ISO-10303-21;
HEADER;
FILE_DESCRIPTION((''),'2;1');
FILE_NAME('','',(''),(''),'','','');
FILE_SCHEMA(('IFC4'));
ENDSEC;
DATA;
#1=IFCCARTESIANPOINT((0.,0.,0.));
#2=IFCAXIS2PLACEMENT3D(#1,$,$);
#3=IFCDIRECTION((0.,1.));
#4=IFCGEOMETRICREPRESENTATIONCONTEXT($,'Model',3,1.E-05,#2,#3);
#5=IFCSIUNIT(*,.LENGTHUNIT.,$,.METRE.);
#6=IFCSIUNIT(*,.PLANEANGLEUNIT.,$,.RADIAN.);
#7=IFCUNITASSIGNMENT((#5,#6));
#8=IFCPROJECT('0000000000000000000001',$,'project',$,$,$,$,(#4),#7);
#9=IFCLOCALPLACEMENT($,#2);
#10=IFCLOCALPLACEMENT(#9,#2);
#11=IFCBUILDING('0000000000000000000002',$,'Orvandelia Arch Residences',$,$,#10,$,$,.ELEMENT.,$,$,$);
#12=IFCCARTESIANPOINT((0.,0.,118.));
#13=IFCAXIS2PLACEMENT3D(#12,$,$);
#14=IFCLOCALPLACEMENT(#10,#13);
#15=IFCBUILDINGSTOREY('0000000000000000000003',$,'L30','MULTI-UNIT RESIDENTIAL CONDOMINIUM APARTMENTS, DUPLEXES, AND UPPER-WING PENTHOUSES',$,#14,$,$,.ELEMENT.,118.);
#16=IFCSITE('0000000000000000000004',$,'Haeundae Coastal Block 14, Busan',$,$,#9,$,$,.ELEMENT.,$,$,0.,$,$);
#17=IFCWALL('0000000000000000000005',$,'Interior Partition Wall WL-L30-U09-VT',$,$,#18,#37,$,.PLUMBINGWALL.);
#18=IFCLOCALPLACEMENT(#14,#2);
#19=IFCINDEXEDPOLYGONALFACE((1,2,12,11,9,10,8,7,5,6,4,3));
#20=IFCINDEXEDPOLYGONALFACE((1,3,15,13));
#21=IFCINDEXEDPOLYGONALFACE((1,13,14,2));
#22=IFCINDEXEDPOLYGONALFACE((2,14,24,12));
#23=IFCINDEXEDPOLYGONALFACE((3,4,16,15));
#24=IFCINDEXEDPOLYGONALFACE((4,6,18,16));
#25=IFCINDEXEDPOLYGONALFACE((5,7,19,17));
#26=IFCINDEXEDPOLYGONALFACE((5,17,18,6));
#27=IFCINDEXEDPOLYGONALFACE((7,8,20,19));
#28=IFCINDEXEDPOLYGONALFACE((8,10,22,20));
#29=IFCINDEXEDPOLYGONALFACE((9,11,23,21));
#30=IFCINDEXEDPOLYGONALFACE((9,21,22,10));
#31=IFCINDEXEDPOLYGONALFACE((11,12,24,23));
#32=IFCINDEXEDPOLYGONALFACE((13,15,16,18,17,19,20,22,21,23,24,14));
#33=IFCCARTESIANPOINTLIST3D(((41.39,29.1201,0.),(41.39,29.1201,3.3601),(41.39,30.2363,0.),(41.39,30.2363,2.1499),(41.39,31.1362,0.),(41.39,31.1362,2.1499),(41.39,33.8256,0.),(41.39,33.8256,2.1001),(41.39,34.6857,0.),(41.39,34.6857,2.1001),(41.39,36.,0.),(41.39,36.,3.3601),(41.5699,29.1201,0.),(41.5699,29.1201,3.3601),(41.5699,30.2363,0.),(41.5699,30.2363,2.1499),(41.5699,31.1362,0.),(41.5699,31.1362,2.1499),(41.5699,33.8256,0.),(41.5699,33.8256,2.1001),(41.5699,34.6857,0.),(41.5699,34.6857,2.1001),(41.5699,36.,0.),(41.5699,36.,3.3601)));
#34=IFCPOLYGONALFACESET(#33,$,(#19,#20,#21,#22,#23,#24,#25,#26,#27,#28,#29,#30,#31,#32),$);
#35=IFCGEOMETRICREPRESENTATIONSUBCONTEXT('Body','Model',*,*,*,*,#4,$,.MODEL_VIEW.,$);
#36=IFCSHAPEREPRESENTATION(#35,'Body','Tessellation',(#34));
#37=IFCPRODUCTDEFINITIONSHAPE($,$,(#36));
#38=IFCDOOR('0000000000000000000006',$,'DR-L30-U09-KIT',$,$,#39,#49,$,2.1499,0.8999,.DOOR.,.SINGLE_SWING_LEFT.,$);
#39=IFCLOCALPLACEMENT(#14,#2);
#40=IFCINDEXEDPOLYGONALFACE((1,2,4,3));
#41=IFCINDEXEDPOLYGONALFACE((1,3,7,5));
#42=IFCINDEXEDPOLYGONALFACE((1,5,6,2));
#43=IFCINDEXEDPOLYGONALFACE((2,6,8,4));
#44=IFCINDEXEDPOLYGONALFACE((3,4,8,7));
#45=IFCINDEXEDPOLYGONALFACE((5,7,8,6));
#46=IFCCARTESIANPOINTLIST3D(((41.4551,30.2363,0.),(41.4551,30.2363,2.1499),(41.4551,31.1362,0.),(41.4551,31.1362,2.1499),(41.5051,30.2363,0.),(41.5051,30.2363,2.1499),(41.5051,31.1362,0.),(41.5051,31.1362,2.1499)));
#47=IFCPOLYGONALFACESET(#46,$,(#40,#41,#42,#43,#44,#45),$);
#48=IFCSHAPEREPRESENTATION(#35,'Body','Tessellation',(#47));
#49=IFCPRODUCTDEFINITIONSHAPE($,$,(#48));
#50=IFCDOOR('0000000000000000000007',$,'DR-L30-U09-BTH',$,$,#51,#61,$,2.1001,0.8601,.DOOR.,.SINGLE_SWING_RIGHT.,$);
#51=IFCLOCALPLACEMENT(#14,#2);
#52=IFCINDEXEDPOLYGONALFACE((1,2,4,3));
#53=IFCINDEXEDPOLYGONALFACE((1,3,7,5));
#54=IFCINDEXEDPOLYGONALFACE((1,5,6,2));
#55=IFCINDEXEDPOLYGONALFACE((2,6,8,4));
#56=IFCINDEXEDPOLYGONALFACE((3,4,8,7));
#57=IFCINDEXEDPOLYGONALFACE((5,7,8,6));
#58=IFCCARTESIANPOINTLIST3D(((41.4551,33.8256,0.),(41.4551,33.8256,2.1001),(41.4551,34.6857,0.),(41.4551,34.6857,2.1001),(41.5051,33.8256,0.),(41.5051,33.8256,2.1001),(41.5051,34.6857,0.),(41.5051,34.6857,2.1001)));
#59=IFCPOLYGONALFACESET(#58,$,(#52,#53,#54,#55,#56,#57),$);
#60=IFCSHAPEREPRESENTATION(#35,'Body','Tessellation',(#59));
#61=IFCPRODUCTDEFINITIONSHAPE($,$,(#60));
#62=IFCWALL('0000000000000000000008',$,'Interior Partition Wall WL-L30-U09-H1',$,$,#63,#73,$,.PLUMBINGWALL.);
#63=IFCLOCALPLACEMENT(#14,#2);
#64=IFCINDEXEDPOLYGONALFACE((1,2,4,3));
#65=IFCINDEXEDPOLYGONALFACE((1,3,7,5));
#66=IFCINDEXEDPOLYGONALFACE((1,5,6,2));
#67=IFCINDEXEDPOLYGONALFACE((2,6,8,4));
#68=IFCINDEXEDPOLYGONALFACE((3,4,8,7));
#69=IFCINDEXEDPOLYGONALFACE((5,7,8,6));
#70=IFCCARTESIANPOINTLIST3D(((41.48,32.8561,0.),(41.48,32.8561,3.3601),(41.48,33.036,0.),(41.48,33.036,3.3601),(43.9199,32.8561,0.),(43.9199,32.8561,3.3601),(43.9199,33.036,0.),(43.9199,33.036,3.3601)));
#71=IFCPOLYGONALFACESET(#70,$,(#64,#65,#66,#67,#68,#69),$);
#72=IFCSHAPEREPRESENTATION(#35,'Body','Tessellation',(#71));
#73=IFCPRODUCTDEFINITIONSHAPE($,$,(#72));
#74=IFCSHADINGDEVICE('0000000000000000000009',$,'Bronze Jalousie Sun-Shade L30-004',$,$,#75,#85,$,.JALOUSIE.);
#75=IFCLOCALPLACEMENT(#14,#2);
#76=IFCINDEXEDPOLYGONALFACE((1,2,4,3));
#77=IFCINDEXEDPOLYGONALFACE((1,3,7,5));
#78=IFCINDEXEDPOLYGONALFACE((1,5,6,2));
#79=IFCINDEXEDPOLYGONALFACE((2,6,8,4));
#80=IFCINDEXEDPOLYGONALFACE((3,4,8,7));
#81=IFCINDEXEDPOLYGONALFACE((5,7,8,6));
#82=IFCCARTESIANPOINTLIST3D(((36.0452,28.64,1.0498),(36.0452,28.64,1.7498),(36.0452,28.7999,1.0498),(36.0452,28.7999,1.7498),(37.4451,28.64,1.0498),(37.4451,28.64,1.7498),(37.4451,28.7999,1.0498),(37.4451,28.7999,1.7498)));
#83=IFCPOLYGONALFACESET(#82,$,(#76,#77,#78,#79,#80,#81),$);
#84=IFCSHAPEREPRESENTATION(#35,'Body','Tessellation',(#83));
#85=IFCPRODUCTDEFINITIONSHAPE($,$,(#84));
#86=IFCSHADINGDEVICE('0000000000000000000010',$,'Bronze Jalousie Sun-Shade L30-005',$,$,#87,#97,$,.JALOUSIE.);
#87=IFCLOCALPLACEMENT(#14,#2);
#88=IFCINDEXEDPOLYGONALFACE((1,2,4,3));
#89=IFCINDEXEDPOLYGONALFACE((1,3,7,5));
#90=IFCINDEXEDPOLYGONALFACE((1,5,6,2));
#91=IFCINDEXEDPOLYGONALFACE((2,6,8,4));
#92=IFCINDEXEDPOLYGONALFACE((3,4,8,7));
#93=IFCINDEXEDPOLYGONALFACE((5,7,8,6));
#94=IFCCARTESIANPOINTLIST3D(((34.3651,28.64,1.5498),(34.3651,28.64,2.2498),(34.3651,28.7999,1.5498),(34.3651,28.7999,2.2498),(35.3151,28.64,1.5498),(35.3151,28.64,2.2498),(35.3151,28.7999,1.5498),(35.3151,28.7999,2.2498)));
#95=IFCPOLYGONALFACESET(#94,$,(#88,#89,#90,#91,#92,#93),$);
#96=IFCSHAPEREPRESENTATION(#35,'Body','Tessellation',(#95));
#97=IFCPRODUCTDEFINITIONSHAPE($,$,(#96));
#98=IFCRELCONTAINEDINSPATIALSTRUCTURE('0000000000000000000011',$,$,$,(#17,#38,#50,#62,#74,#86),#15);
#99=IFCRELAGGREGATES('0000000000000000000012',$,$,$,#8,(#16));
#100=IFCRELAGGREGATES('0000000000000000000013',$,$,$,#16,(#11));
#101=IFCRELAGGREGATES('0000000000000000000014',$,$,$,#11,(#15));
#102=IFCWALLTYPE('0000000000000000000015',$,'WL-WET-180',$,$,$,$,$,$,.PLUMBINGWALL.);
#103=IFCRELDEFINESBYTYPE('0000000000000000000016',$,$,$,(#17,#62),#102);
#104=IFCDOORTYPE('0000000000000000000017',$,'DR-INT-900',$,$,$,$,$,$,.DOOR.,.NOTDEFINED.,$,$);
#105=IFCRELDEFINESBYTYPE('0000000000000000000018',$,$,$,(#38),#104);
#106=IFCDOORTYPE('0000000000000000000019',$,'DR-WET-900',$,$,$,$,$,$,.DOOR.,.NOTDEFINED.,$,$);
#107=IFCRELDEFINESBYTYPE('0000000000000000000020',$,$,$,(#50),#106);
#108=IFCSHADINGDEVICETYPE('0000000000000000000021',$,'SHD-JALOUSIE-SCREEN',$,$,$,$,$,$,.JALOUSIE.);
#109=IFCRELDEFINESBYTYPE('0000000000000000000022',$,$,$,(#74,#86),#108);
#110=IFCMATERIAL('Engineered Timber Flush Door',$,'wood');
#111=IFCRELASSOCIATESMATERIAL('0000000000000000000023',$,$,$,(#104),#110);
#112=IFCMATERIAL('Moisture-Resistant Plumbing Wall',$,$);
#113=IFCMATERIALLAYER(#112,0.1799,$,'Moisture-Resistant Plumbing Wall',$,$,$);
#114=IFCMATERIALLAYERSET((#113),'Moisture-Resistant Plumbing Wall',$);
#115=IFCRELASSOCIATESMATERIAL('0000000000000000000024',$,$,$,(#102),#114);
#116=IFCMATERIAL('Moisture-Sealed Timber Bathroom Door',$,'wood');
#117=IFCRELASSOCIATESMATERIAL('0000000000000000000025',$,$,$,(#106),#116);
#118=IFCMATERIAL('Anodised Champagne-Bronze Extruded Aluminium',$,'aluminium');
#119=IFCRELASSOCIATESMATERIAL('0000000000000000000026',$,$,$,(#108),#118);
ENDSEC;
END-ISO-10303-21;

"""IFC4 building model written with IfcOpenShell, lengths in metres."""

from ifc_helpers import new_model, si_unit, direction, frame, frame_2d, origin, origin_2d, place, context, subcontext, project, spatial, rectangle, extrude, material, layer, layer_set, type_object, element, fill, save


model = new_model("IFC4")

# Units and contexts
model_context = context("Model", 3, precision=1e-05, world=origin(), true_north=direction((0.0, 1.0)))
body_context = subcontext(model_context, "Body", "Model", "MODEL_VIEW")
ifc_project = project(units=[si_unit("LENGTHUNIT", "METRE"), si_unit("PLANEANGLEUNIT", "RADIAN")], contexts=[model_context])

# Site, building, storey
site_placement = place(None, origin())
site = spatial("IfcSite", under=ifc_project, at=site_placement, Name="Haeundae Coastal Block 14, Busan", CompositionType="ELEMENT", RefElevation=0.0)
building_placement = place(site_placement, origin())
building = spatial("IfcBuilding", under=site, at=building_placement, Name="Orvandelia Arch Residences", CompositionType="ELEMENT")
storey_placement = place(building_placement, frame((0.0, 0.0, 118.0)))
storey = spatial("IfcBuildingStorey", under=building, at=storey_placement, Name="L30", Description="MULTI-UNIT RESIDENTIAL CONDOMINIUM APARTMENTS, DUPLEXES, AND UPPER-WING PENTHOUSES", CompositionType="ELEMENT", Elevation=118.0)

# Shared definitions
ifc_material_1 = material(Name="Engineered Timber Flush Door", Category="wood")
door_type_1 = type_object("IfcDoorType", Name="DR-INT-900", OperationType="NOTDEFINED", PredefinedType="DOOR", material=ifc_material_1)

# Wall, openings, doors
ifc_material_2 = material(Name="Moisture-Resistant Plumbing Wall")
ifc_layer_1 = layer(ifc_material_2, 0.1799, Name="Moisture-Resistant Plumbing Wall")
ifc_layer_set_1 = layer_set([ifc_layer_1], Name="Moisture-Resistant Plumbing Wall")
wall_type_1 = type_object("IfcWallType", Name="WL-WET-180", PredefinedType="PLUMBINGWALL", material=ifc_layer_set_1)
ifc_material_3 = material(Name="Moisture-Sealed Timber Bathroom Door", Category="wood")
door_type_2 = type_object("IfcDoorType", Name="DR-WET-900", OperationType="NOTDEFINED", PredefinedType="DOOR", material=ifc_material_3)
wall_1_placement = place(storey_placement, frame((41.48, 29.1201, 0.0), z_axis=(0.0, 0.0, 1.0), x_axis=(0.0, 1.0, 0.0)))
wall_1 = element("IfcWall", 1, at=wall_1_placement, inside=storey, type_object=wall_type_1, Name="Interior Partition Wall WL-L30-U09-VT", PredefinedType="PLUMBINGWALL", context=body_context, shape_type="SweptSolid", body=[
    extrude(rectangle(XDim=6.8799, YDim=0.1799, at=frame_2d((3.4399, 0.0))), origin(), (0.0, 0.0, 1.0), 3.3601),
])
opening_1_placement = place(wall_1_placement, frame((1.1162, 0.0, 0.0)))
opening_1 = element("IfcOpeningElement", 2, at=opening_1_placement, cuts=wall_1, PredefinedType="OPENING", context=body_context, shape_type="SweptSolid", body=[
    extrude(rectangle(XDim=0.8999, YDim=2.1499, at=frame_2d((0.45, 1.075))), frame((0.0, 0.1001, 0.0), z_axis=(0.0, -1.0, 0.0), x_axis=(1.0, 0.0, 0.0)), (0.0, 0.0, 1.0), 0.2),
])
opening_2_placement = place(wall_1_placement, frame((4.7053, 0.0, 0.0)))
opening_2 = element("IfcOpeningElement", 3, at=opening_2_placement, cuts=wall_1, PredefinedType="OPENING", context=body_context, shape_type="SweptSolid", body=[
    extrude(rectangle(XDim=0.8601, YDim=2.1001, at=frame_2d((0.4302, 1.05))), frame((0.0, 0.1001, 0.0), z_axis=(0.0, -1.0, 0.0), x_axis=(1.0, 0.0, 0.0)), (0.0, 0.0, 1.0), 0.2),
])
door_1_placement = place(opening_1_placement, origin())
door_1 = element("IfcDoor", 4, at=door_1_placement, inside=storey, type_object=door_type_1, Name="DR-L30-U09-KIT", OperationType="SINGLE_SWING_LEFT", OverallHeight=2.1499, OverallWidth=0.8999, PredefinedType="DOOR", context=body_context, shape_type="SweptSolid", body=[
    extrude(rectangle(XDim=0.8999, YDim=2.1499, at=frame_2d((0.45, 1.075))), frame((0.0, 0.0249, 0.0), z_axis=(0.0, -1.0, 0.0), x_axis=(1.0, 0.0, 0.0)), (0.0, 0.0, 1.0), 0.05),
])
fill(opening_1, door_1)
door_2_placement = place(opening_2_placement, origin())
door_2 = element("IfcDoor", 5, at=door_2_placement, inside=storey, type_object=door_type_2, Name="DR-L30-U09-BTH", OperationType="SINGLE_SWING_RIGHT", OverallHeight=2.1001, OverallWidth=0.8601, PredefinedType="DOOR", context=body_context, shape_type="SweptSolid", body=[
    extrude(rectangle(XDim=0.8601, YDim=2.1001, at=frame_2d((0.4302, 1.05))), frame((0.0, 0.0249, 0.0), z_axis=(0.0, -1.0, 0.0), x_axis=(1.0, 0.0, 0.0)), (0.0, 0.0, 1.0), 0.05),
])
fill(opening_2, door_2)

# Wall
wall_2_placement = place(storey_placement, frame((41.48, 32.946, 0.0), z_axis=(0.0, 0.0, 1.0), x_axis=(1.0, 0.0, 0.0)))
element("IfcWall", 6, at=wall_2_placement, inside=storey, type_object=wall_type_1, Name="Interior Partition Wall WL-L30-U09-H1", PredefinedType="PLUMBINGWALL", context=body_context, shape_type="SweptSolid", body=[
    extrude(rectangle(XDim=2.4399, YDim=0.1799, at=frame_2d((1.22, 0.0))), origin(), (0.0, 0.0, 1.0), 3.3601),
])

# Shading devices
ifc_material_4 = material(Name="Anodised Champagne-Bronze Extruded Aluminium", Category="aluminium")
shading_device_type = type_object("IfcShadingDeviceType", Name="SHD-JALOUSIE-SCREEN", PredefinedType="JALOUSIE", material=ifc_material_4)
shading_device_1_placement = place(storey_placement, frame((36.7451, 28.72, 1.0498), z_axis=(0.0, 0.0, 1.0), x_axis=(-1.0, 0.0, 0.0)))
element("IfcShadingDevice", 7, at=shading_device_1_placement, inside=storey, type_object=shading_device_type, Name="Bronze Jalousie Sun-Shade L30-004", PredefinedType="JALOUSIE", context=body_context, shape_type="SweptSolid", body=[
    extrude(rectangle(XDim=1.3999, YDim=0.1599, at=origin_2d()), origin(), (0.0, 0.0, 1.0), 0.7),
])
shading_device_2_placement = place(storey_placement, frame((34.8401, 28.72, 1.5498), z_axis=(0.0, 0.0, 1.0), x_axis=(-1.0, 0.0, 0.0)))
element("IfcShadingDevice", 8, at=shading_device_2_placement, inside=storey, type_object=shading_device_type, Name="Bronze Jalousie Sun-Shade L30-005", PredefinedType="JALOUSIE", context=body_context, shape_type="SweptSolid", body=[
    extrude(rectangle(XDim=0.95, YDim=0.1599, at=origin_2d()), origin(), (0.0, 0.0, 1.0), 0.7),
])

save(model, "model.ifc")
